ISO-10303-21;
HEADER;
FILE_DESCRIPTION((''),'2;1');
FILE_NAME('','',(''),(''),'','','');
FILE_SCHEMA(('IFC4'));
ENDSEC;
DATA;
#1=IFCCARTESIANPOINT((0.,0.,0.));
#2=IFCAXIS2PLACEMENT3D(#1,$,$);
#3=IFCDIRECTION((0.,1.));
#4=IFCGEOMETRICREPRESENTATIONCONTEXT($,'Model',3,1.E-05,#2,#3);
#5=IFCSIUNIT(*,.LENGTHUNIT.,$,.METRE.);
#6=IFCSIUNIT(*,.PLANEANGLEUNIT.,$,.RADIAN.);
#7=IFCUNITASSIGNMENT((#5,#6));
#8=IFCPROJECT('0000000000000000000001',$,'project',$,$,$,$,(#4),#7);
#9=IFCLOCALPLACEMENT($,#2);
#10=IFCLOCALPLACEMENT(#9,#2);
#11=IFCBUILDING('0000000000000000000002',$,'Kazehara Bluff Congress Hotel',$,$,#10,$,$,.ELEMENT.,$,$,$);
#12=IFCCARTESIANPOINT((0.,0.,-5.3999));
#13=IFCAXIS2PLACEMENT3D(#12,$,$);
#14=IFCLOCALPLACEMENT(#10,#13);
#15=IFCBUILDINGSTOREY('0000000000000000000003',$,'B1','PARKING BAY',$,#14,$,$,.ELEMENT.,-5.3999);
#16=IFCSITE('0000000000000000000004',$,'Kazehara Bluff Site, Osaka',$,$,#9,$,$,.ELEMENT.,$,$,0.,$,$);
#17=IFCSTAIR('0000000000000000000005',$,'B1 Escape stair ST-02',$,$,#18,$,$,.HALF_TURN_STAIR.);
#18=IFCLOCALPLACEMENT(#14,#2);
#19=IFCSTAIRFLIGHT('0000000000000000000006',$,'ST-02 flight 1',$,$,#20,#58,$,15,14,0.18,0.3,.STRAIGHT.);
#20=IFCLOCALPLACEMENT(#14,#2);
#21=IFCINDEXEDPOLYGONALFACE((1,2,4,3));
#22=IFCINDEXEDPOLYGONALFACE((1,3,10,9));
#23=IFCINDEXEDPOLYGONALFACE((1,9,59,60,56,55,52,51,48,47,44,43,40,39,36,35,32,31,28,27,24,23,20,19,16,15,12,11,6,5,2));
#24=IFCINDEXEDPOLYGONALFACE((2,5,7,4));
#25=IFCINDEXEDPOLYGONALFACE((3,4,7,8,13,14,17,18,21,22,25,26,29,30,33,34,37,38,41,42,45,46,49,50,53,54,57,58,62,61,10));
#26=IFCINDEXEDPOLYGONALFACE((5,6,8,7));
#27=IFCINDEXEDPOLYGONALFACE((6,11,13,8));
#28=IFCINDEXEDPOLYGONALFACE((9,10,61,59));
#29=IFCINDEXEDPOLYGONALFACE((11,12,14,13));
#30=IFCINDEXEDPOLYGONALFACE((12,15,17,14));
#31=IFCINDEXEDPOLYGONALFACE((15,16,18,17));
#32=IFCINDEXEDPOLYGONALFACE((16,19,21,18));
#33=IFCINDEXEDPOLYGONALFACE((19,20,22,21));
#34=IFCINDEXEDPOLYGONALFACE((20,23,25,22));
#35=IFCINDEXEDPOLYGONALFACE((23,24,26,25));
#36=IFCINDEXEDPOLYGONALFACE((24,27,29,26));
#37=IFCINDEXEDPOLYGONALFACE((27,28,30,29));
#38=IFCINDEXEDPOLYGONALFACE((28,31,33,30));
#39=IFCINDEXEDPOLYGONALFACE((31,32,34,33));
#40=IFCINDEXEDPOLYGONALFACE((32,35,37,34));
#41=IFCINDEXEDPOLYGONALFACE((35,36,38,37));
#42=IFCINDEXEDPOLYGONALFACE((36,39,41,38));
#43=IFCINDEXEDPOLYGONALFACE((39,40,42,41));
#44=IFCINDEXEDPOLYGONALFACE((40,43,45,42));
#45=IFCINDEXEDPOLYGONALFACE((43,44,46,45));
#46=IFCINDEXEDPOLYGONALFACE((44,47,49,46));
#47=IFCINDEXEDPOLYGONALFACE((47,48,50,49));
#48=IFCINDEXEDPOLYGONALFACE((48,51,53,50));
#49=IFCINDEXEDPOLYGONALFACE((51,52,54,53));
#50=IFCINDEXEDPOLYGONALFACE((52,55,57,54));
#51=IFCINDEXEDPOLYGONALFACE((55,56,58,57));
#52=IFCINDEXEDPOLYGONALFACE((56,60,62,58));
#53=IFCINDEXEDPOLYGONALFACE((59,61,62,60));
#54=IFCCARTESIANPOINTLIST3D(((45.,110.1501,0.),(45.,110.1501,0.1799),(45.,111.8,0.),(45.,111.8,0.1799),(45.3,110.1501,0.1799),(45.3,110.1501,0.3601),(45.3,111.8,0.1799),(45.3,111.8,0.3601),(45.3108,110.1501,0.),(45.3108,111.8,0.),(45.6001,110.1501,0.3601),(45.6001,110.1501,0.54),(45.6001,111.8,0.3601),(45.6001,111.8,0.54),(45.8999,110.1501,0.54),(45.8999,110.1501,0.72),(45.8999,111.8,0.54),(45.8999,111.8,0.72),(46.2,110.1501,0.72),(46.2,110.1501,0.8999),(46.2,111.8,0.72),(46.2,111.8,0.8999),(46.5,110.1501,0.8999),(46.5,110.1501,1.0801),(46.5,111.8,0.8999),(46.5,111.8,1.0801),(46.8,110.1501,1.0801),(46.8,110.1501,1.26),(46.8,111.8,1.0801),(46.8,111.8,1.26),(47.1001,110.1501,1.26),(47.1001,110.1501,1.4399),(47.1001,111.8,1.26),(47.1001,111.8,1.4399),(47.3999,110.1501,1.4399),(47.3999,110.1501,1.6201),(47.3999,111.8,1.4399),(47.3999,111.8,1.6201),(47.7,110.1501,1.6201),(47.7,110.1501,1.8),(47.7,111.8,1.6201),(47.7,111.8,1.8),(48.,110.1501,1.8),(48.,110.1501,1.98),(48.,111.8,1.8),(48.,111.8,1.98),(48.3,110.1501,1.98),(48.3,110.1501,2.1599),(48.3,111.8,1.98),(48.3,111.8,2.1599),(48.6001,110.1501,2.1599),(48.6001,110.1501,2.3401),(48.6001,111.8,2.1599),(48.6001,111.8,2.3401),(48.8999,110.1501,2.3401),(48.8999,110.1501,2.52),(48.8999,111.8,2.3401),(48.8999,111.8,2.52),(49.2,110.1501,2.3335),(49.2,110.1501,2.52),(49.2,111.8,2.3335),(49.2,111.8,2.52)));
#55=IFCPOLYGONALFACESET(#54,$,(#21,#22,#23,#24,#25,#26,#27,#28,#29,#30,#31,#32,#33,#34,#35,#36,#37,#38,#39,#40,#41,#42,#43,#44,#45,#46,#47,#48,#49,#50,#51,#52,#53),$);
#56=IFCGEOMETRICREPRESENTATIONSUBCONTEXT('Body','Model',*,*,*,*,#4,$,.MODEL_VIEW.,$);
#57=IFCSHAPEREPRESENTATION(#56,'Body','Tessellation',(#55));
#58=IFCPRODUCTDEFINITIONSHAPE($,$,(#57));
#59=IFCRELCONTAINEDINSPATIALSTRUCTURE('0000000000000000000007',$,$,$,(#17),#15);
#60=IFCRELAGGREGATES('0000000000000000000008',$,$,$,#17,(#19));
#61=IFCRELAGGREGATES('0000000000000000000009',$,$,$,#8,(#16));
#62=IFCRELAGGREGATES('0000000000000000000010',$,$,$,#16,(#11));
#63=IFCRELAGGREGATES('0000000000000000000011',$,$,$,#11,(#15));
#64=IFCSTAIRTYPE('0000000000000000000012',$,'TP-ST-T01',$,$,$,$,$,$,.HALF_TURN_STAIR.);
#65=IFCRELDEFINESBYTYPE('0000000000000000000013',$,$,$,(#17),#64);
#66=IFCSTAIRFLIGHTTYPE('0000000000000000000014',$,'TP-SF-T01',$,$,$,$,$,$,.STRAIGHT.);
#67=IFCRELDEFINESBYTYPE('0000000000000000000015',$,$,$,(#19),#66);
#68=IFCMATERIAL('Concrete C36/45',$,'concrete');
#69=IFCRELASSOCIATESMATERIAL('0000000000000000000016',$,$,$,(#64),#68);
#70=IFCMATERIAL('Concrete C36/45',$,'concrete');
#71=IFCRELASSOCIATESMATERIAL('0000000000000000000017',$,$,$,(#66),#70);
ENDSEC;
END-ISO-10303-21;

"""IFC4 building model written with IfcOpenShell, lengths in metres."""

from ifc_helpers import new_model, si_unit, direction, frame, origin, place, context, subcontext, project, spatial, polyline, outline, extrude, material, type_object, element, aggregate, save


model = new_model("IFC4")

# Units and contexts
model_context = context("Model", 3, precision=1e-05, world=origin(), true_north=direction((0.0, 1.0)))
body_context = subcontext(model_context, "Body", "Model", "MODEL_VIEW")
ifc_project = project(units=[si_unit("LENGTHUNIT", "METRE"), si_unit("PLANEANGLEUNIT", "RADIAN")], contexts=[model_context])

# Site, building, storey
site_placement = place(None, origin())
site = spatial("IfcSite", under=ifc_project, at=site_placement, Name="Kazehara Bluff Site, Osaka", CompositionType="ELEMENT", RefElevation=0.0)
building_placement = place(site_placement, origin())
building = spatial("IfcBuilding", under=site, at=building_placement, Name="Kazehara Bluff Congress Hotel", CompositionType="ELEMENT")
storey_placement = place(building_placement, frame((0.0, 0.0, -5.3999)))
storey = spatial("IfcBuildingStorey", under=building, at=storey_placement, Name="B1", Description="PARKING BAY", CompositionType="ELEMENT", Elevation=-5.3999)

# Stair, stair flight
ifc_material_1 = material(Name="Concrete C36/45", Category="concrete")
stair_type = type_object("IfcStairType", Name="TP-ST-T01", PredefinedType="HALF_TURN_STAIR", material=ifc_material_1)
stair_placement = place(storey_placement, origin())
stair = element("IfcStair", 1, at=stair_placement, inside=storey, type_object=stair_type, Name="B1 Escape stair ST-02", PredefinedType="HALF_TURN_STAIR")
ifc_material_2 = material(Name="Concrete C36/45", Category="concrete")
stair_flight_type = type_object("IfcStairFlightType", Name="TP-SF-T01", PredefinedType="STRAIGHT", material=ifc_material_2)
stair_flight_placement = place(storey_placement, frame((45.0, 110.9751, 0.0), z_axis=(0.0, 0.0, 1.0), x_axis=(1.0, 0.0, 0.0)))
stair_flight = element("IfcStairFlight", 2, at=stair_flight_placement, type_object=stair_flight_type, Name="ST-02 flight 1", NumberOfRisers=15, NumberOfTreads=14, PredefinedType="STRAIGHT", RiserHeight=0.18, TreadLength=0.3, context=body_context, shape_type="SweptSolid", body=[
    extrude(outline(polyline([(0.0, 0.0), (0.0, 0.1799), (0.3, 0.1799), (0.3, 0.3601), (0.6001, 0.3601), (0.6001, 0.54), (0.8999, 0.54), (0.8999, 0.72), (1.2, 0.72), (1.2, 0.8999), (1.5, 0.8999), (1.5, 1.0801), (1.8, 1.0801), (1.8, 1.26), (2.1001, 1.26), (2.1001, 1.4399), (2.3999, 1.4399), (2.3999, 1.6201), (2.7, 1.6201), (2.7, 1.8), (3.0, 1.8), (3.0, 1.98), (3.3, 1.98), (3.3, 2.1599), (3.6001, 2.1599), (3.6001, 2.3401), (3.8999, 2.3401), (3.8999, 2.52), (4.2, 2.52), (4.2, 2.7), (4.2, 2.3335), (0.3108, 0.0), (0.0, 0.0)])), frame((0.0, 0.825, 0.0), z_axis=(0.0, -1.0, 0.0), x_axis=(1.0, 0.0, 0.0)), (0.0, 0.0, 1.0), 1.6499),
])
aggregate(stair, [stair_flight])

save(model, "model.ifc")
